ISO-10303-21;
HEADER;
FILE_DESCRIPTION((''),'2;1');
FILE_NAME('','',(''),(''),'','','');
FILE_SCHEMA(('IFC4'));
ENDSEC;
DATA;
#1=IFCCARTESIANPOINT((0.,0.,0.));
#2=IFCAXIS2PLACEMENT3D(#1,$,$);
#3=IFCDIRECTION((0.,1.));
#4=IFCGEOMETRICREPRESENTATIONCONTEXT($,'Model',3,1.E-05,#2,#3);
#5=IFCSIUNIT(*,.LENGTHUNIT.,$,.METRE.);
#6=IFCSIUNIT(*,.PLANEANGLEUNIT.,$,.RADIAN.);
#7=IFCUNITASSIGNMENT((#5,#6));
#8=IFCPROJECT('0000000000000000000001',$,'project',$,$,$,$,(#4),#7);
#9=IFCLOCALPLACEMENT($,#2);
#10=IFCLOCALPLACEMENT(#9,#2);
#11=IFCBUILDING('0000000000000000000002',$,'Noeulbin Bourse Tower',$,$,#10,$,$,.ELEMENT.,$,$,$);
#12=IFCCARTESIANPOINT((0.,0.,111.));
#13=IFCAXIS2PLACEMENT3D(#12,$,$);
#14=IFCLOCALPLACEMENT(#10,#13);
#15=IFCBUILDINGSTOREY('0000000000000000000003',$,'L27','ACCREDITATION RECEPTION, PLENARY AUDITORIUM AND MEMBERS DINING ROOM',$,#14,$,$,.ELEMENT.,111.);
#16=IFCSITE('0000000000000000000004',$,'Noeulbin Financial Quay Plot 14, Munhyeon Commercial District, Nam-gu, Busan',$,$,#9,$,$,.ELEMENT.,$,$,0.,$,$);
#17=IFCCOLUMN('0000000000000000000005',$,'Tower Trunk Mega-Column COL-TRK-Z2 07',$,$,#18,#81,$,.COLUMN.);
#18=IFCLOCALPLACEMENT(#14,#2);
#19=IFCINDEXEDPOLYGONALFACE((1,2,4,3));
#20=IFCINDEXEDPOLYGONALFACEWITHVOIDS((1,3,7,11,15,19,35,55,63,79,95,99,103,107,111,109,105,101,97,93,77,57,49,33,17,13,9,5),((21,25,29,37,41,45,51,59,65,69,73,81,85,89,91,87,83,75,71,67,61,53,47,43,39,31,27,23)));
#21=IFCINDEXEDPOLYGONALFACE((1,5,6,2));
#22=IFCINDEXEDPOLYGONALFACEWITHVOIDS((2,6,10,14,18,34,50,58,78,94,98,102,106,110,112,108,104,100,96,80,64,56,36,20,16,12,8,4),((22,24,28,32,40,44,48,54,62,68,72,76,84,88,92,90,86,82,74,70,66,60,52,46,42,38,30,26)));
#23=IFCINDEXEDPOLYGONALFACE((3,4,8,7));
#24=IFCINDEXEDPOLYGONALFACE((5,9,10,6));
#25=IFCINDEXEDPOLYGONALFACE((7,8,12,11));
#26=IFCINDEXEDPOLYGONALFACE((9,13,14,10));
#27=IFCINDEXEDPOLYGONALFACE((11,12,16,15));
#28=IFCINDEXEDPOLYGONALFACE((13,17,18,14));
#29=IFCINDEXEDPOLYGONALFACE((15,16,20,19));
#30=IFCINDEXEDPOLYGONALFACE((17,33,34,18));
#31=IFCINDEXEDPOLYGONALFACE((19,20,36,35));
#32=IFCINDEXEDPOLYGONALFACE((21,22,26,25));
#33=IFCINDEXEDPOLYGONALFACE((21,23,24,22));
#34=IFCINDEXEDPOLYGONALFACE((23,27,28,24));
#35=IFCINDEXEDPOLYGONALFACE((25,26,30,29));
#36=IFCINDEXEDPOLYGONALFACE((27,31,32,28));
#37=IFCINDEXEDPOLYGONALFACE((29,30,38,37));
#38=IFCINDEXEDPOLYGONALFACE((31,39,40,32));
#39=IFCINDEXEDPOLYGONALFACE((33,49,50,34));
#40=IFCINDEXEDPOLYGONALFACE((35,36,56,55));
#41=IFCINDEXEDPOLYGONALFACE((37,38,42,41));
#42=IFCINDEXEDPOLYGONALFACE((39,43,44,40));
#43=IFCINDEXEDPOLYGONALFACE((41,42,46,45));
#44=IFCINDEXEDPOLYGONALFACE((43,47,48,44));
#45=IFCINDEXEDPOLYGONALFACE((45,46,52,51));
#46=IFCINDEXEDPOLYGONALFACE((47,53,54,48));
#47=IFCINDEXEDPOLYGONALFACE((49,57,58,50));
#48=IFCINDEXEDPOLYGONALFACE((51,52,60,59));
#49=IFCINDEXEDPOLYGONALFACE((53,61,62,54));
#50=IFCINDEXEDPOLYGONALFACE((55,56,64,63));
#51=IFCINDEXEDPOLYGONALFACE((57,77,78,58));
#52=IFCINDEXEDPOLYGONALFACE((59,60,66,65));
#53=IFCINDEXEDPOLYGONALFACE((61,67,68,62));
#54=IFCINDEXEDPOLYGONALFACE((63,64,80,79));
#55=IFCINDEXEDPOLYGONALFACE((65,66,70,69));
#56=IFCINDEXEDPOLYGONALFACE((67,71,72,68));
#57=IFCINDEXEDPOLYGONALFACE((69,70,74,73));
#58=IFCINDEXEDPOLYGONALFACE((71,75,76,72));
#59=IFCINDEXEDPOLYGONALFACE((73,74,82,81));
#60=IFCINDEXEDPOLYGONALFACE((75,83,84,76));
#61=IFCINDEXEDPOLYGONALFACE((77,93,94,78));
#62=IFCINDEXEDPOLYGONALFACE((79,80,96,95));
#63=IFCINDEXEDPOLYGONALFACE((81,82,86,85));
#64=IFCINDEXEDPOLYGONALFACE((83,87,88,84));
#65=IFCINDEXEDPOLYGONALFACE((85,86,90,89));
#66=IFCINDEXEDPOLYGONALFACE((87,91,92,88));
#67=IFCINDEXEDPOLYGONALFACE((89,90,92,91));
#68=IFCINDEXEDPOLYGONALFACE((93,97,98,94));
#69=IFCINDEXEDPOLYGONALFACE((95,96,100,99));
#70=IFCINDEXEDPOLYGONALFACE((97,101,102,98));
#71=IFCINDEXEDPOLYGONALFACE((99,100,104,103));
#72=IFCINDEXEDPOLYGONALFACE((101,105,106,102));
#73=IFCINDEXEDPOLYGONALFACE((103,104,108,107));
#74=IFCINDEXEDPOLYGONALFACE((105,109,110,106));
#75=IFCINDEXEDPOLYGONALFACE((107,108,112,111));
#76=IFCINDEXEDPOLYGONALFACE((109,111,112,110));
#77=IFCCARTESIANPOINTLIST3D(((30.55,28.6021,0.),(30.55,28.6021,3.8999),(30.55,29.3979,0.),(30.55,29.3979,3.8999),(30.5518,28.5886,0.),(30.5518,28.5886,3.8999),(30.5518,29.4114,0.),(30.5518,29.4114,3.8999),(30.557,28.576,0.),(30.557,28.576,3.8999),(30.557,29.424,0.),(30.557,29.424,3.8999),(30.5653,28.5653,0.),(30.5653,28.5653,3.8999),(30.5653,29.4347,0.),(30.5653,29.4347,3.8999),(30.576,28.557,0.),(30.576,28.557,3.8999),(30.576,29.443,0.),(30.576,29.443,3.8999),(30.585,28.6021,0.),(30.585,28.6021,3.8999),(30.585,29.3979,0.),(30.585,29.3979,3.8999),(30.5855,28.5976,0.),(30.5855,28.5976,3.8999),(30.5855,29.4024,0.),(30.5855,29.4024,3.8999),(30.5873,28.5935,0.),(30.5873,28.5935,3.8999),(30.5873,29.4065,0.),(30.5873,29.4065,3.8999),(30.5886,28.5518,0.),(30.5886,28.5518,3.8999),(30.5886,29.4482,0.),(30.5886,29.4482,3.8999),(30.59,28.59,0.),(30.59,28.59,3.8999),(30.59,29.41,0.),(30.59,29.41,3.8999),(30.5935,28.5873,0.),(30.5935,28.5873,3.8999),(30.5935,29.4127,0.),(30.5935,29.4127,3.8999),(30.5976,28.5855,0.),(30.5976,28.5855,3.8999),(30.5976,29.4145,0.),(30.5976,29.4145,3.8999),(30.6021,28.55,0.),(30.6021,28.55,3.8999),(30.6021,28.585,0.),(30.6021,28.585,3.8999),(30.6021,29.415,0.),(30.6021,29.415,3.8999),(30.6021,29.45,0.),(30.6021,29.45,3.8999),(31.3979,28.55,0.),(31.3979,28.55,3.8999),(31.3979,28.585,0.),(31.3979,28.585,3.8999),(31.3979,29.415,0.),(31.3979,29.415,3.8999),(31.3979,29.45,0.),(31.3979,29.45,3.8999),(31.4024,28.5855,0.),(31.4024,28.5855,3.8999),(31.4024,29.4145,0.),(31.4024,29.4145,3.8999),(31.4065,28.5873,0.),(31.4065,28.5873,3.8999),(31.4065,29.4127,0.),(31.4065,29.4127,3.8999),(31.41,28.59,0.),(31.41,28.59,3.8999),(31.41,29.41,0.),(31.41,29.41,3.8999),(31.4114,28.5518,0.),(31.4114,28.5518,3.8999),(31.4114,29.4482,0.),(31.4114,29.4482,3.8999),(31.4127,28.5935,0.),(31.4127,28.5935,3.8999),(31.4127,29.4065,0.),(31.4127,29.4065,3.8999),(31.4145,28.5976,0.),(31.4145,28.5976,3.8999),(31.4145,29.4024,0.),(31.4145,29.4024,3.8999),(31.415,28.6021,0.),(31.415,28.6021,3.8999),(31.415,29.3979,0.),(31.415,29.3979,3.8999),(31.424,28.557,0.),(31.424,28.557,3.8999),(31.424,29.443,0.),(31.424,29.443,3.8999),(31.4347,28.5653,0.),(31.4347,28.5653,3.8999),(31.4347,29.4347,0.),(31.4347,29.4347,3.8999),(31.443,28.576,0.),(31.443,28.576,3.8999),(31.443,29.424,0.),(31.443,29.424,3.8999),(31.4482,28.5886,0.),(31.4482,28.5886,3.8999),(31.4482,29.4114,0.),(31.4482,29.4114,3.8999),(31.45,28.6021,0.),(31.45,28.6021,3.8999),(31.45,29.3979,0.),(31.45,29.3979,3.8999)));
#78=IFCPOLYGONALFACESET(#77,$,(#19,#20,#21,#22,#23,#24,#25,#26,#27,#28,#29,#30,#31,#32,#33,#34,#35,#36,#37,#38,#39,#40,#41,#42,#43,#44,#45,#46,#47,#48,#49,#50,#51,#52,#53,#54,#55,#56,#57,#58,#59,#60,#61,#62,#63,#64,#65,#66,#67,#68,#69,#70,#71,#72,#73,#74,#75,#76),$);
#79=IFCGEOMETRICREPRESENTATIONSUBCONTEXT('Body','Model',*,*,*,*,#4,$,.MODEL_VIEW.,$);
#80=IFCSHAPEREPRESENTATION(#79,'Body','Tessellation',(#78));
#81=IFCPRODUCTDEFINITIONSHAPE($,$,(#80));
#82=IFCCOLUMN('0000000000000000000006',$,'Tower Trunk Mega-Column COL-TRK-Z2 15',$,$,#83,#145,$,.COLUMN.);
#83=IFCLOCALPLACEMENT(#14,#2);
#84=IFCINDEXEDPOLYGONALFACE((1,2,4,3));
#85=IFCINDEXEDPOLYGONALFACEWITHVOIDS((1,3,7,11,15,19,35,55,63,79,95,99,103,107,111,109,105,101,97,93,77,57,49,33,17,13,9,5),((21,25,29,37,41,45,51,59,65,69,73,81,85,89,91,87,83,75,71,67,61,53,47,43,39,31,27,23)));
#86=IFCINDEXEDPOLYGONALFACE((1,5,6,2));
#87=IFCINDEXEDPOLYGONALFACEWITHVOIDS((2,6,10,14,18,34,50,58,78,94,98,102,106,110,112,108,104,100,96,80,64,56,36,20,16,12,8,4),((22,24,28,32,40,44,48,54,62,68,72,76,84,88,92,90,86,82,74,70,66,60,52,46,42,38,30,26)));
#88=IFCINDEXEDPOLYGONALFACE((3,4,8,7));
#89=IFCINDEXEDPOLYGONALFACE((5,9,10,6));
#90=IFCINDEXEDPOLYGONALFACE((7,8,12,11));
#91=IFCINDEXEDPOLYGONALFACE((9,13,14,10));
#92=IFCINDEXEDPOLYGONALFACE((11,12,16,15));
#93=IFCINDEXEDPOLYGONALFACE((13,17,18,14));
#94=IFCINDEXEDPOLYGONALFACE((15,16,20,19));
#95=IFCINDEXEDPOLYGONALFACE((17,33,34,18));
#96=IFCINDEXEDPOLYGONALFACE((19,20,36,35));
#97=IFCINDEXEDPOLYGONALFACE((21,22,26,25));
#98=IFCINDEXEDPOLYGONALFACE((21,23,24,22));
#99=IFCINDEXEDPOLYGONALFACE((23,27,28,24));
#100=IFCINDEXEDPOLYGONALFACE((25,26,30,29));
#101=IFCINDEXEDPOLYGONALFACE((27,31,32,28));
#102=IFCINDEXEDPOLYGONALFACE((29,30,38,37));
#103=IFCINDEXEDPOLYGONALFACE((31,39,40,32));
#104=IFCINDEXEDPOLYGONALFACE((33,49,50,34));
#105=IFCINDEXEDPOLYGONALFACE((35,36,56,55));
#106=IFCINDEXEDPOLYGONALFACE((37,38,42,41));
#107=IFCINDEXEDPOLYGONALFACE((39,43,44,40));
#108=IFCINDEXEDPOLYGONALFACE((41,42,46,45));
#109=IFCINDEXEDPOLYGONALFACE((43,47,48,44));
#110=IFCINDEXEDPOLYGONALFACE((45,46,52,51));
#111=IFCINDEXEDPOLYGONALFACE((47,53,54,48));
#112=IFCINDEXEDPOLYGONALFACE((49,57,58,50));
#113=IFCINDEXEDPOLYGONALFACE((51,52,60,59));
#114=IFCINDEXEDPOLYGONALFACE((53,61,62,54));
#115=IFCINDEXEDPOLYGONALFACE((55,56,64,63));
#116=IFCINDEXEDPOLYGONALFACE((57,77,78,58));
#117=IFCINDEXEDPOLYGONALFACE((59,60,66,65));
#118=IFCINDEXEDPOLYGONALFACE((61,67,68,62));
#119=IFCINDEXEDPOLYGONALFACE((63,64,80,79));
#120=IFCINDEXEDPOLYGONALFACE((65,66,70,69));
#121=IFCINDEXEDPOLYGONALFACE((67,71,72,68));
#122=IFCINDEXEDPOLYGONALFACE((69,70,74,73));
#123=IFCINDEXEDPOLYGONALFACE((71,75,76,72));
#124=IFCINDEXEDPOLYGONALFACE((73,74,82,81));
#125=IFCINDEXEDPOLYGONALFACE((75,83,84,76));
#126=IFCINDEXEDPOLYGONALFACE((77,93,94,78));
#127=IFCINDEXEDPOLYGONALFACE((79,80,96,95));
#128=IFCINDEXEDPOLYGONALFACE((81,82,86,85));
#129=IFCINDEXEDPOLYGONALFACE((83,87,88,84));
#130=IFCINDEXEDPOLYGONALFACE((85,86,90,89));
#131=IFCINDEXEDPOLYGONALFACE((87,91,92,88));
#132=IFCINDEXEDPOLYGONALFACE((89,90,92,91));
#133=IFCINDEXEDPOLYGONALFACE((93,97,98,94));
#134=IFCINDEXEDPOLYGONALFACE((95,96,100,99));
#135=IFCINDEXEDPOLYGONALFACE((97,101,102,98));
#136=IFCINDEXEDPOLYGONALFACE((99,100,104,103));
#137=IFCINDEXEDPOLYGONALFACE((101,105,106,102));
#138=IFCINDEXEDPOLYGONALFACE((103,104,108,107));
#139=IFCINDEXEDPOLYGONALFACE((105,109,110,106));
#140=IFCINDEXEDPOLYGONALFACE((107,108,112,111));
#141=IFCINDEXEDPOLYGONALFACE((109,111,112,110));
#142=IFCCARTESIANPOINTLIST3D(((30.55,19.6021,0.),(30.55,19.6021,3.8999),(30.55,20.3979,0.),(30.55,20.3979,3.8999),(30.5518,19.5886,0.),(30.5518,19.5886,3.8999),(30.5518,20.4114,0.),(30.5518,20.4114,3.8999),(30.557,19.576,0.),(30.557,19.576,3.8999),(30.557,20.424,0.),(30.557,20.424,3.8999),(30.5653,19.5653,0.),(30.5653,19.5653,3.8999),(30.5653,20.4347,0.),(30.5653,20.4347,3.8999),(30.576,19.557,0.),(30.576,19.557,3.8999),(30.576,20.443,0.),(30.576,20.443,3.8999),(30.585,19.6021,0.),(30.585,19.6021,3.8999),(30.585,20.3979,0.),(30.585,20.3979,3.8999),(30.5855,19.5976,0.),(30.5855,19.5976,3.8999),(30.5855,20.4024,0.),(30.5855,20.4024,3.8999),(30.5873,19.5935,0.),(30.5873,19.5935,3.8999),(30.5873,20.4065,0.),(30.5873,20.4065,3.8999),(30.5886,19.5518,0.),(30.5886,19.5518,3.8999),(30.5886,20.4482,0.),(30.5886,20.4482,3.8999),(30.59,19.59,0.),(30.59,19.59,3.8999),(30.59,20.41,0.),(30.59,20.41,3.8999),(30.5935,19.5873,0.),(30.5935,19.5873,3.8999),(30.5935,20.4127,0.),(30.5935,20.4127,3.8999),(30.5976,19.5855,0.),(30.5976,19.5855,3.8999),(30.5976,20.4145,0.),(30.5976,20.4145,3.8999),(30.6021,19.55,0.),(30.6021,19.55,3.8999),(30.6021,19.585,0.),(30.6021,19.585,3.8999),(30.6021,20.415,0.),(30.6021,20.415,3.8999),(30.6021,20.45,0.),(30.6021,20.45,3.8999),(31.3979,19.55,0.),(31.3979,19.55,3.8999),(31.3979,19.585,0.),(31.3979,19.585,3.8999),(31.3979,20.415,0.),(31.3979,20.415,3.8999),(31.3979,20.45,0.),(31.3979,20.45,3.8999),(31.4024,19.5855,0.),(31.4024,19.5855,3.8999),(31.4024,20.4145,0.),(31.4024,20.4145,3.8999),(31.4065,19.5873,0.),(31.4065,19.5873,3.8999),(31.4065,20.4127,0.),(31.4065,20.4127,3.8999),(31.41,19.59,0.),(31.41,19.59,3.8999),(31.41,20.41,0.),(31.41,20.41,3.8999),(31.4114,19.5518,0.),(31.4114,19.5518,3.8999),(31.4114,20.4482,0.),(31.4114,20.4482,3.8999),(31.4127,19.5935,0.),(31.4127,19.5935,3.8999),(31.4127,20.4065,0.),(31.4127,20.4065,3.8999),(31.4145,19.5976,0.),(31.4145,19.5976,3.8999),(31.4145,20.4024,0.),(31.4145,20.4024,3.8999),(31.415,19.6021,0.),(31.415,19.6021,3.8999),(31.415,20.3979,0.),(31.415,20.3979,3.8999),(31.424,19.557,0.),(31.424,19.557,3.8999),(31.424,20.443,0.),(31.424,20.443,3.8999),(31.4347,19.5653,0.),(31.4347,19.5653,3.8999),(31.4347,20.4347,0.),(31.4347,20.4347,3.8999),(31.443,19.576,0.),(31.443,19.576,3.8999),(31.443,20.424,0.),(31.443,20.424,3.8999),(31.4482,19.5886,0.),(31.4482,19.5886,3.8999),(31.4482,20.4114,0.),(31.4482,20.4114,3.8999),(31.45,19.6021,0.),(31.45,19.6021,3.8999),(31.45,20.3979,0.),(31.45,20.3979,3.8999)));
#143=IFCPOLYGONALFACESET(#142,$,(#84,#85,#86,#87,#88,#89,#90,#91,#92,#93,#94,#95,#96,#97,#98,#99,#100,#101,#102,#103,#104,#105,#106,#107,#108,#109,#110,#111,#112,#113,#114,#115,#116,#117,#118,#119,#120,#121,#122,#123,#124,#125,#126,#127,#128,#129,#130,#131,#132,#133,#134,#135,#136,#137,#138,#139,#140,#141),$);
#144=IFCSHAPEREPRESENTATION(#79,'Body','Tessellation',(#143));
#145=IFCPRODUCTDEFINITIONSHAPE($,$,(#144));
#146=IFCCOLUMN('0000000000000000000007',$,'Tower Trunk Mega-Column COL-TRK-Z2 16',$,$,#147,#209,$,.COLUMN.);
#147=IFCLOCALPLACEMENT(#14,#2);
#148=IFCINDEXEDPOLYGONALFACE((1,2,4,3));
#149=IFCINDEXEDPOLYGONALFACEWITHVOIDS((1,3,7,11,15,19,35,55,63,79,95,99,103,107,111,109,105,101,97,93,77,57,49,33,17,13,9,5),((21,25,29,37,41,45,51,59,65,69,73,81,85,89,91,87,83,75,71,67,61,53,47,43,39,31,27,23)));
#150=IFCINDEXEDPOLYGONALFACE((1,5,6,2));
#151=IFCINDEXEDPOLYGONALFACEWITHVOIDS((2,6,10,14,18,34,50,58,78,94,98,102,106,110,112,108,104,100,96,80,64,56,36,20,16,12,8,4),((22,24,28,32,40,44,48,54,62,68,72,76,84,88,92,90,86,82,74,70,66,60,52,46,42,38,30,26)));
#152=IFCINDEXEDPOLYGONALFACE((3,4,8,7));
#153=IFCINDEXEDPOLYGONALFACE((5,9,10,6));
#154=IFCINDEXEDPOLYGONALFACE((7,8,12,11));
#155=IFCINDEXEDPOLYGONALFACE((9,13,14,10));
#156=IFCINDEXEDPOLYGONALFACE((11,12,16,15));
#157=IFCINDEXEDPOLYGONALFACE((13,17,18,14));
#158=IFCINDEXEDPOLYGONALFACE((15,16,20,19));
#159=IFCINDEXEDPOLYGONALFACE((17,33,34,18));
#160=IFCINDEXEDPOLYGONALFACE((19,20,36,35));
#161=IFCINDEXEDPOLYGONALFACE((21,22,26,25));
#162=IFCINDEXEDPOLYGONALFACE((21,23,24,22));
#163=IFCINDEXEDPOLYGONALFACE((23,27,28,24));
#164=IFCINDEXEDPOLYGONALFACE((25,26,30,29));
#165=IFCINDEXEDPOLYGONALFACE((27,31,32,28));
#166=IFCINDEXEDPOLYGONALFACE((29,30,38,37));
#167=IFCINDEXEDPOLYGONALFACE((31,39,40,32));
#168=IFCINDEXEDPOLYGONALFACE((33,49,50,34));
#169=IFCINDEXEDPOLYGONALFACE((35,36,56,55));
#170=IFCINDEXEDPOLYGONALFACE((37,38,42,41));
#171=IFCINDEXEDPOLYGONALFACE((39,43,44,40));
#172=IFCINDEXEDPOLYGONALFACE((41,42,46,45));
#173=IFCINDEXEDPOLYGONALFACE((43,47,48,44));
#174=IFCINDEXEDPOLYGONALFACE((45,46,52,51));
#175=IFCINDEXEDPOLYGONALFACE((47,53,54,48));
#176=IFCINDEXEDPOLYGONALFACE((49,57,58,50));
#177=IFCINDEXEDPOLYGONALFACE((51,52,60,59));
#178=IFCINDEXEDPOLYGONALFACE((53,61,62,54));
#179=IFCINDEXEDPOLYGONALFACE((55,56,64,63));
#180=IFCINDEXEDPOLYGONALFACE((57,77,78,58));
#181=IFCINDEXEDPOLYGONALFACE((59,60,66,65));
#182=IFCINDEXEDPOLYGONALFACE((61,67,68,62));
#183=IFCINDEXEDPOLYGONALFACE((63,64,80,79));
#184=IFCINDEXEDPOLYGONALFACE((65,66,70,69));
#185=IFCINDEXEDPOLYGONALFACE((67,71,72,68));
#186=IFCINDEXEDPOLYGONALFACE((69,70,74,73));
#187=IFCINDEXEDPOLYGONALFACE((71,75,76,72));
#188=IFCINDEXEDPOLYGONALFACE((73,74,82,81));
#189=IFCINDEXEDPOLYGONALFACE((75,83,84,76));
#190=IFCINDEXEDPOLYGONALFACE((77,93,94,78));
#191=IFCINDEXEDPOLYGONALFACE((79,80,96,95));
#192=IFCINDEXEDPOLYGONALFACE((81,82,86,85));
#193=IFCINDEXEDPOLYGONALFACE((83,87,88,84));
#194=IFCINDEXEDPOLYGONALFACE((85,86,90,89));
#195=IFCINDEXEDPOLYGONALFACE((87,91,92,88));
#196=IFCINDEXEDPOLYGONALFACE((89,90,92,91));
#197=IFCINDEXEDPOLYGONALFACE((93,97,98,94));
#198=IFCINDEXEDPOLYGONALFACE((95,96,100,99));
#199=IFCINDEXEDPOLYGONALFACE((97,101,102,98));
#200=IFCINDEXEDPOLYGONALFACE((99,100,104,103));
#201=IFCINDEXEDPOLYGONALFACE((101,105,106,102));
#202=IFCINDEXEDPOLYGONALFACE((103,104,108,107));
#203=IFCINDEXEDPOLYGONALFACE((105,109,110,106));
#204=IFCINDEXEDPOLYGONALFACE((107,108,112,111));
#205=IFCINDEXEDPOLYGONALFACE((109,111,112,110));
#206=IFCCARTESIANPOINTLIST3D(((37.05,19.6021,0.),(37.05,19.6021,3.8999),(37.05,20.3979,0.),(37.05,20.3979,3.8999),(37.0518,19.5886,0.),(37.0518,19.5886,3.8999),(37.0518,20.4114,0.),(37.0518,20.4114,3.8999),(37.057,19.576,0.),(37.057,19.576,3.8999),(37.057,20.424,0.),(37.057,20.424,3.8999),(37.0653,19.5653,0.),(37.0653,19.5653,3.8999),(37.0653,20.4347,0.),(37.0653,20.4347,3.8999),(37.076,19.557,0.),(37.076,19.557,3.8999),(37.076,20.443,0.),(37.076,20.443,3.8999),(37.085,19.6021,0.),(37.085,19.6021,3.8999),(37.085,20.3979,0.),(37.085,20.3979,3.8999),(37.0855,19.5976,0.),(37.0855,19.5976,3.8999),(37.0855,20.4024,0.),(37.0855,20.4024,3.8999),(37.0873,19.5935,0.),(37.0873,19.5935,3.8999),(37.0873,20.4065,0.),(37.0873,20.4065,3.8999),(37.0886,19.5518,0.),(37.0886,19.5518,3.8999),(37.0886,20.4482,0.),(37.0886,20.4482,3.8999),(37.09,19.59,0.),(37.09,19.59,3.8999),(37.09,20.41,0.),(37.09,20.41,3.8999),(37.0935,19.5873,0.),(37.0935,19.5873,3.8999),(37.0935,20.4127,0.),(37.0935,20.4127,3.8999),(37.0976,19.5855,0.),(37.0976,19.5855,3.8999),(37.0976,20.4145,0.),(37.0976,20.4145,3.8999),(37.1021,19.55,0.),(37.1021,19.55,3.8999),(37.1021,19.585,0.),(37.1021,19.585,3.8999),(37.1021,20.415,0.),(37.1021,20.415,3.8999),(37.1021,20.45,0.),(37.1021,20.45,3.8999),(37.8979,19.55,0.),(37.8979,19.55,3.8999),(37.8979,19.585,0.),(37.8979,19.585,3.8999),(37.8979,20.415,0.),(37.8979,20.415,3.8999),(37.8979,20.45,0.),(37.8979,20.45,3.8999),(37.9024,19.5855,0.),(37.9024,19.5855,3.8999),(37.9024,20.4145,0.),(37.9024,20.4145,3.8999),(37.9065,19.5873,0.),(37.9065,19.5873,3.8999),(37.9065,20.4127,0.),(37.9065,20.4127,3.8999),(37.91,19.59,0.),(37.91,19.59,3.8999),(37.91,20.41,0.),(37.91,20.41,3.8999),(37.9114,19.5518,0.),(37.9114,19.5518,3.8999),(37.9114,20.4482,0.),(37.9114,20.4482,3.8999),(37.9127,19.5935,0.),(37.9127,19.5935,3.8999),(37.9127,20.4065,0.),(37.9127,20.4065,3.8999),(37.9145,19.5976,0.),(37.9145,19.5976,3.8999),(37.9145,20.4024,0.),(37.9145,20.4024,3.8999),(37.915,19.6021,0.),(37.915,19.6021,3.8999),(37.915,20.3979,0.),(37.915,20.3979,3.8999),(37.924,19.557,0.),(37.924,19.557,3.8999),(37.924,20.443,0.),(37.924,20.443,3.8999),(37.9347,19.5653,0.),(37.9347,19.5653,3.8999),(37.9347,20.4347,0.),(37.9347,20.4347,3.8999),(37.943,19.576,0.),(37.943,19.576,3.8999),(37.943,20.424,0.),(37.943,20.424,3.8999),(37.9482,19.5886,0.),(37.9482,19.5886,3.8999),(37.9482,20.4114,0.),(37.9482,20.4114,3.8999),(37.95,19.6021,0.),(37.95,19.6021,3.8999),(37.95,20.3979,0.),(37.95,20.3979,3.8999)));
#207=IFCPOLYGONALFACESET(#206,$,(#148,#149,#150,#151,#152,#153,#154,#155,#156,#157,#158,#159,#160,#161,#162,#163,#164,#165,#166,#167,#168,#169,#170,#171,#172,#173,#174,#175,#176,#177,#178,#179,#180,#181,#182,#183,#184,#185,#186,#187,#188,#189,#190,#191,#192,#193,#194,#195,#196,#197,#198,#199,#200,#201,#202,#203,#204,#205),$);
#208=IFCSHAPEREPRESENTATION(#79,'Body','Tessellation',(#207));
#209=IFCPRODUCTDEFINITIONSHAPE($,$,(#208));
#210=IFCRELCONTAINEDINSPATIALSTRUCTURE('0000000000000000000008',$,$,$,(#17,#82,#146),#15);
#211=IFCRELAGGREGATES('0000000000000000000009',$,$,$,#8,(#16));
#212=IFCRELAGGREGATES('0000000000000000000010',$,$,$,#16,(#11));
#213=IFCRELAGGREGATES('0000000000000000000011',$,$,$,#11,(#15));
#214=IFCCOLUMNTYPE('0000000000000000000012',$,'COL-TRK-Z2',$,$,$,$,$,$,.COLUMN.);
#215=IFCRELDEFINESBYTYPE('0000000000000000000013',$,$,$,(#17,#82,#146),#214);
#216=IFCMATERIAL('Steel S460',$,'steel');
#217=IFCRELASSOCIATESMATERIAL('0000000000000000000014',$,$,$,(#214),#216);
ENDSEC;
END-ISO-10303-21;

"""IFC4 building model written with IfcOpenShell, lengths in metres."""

from ifc_helpers import new_model, si_unit, direction, frame, origin, origin_2d, place, context, subcontext, project, spatial, hollow_rectangle, extrude, material, material_profile, profile_set, type_object, element, save


model = new_model("IFC4")

# Units and contexts
model_context = context("Model", 3, precision=1e-05, world=origin(), true_north=direction((0.0, 1.0)))
body_context = subcontext(model_context, "Body", "Model", "MODEL_VIEW")
ifc_project = project(units=[si_unit("LENGTHUNIT", "METRE"), si_unit("PLANEANGLEUNIT", "RADIAN")], contexts=[model_context])

# Site, building, storey
site_placement = place(None, origin())
site = spatial("IfcSite", under=ifc_project, at=site_placement, Name="Noeulbin Financial Quay Plot 14, Munhyeon Commercial District, Nam-gu, Busan", CompositionType="ELEMENT", RefElevation=0.0)
building_placement = place(site_placement, origin())
building = spatial("IfcBuilding", under=site, at=building_placement, Name="Noeulbin Bourse Tower", CompositionType="ELEMENT")
storey_placement = place(building_placement, frame((0.0, 0.0, 111.0)))
storey = spatial("IfcBuildingStorey", under=building, at=storey_placement, Name="L27", Description="ACCREDITATION RECEPTION, PLENARY AUDITORIUM AND MEMBERS DINING ROOM", CompositionType="ELEMENT", Elevation=111.0)

# Columns
ifc_material_1 = material(Name="Steel S460", Category="steel")
ifc_material_profile_1 = material_profile(ifc_material_1, hollow_rectangle(XDim=0.8999, YDim=0.8999, WallThickness=0.0349, InnerFilletRadius=0.0171, OuterFilletRadius=0.052, at=origin_2d()), Name="BOX-900x900x35", Category="LoadBearing")
ifc_profile_set_1 = profile_set([ifc_material_profile_1], Name="Steel S460")
column_type = type_object("IfcColumnType", Name="COL-TRK-Z2", PredefinedType="COLUMN", material=ifc_profile_set_1)
for number, where, z_axis, x_axis, name in (
    (1, (31.0, 29.0, 0.0), (0.0, 0.0, 1.0), (1.0, 0.0, 0.0), "Tower Trunk Mega-Column COL-TRK-Z2 07"),
    (2, (31.0, 20.0, 0.0), (0.0, 0.0, 1.0), (1.0, 0.0, 0.0), "Tower Trunk Mega-Column COL-TRK-Z2 15"),
    (3, (37.5, 20.0, 0.0), (0.0, 0.0, 1.0), (1.0, 0.0, 0.0), "Tower Trunk Mega-Column COL-TRK-Z2 16"),
):
    element("IfcColumn", number, at=place(storey_placement, frame(where, z_axis=z_axis, x_axis=x_axis)), inside=storey, type_object=column_type, Name=name, PredefinedType="COLUMN", context=body_context, shape_type="SweptSolid", body=[
        extrude(hollow_rectangle(XDim=0.8999, YDim=0.8999, WallThickness=0.0349, InnerFilletRadius=0.0171, OuterFilletRadius=0.052, at=origin_2d()), origin(), (0.0, 0.0, 1.0), 3.8999),
    ])

save(model, "model.ifc")
